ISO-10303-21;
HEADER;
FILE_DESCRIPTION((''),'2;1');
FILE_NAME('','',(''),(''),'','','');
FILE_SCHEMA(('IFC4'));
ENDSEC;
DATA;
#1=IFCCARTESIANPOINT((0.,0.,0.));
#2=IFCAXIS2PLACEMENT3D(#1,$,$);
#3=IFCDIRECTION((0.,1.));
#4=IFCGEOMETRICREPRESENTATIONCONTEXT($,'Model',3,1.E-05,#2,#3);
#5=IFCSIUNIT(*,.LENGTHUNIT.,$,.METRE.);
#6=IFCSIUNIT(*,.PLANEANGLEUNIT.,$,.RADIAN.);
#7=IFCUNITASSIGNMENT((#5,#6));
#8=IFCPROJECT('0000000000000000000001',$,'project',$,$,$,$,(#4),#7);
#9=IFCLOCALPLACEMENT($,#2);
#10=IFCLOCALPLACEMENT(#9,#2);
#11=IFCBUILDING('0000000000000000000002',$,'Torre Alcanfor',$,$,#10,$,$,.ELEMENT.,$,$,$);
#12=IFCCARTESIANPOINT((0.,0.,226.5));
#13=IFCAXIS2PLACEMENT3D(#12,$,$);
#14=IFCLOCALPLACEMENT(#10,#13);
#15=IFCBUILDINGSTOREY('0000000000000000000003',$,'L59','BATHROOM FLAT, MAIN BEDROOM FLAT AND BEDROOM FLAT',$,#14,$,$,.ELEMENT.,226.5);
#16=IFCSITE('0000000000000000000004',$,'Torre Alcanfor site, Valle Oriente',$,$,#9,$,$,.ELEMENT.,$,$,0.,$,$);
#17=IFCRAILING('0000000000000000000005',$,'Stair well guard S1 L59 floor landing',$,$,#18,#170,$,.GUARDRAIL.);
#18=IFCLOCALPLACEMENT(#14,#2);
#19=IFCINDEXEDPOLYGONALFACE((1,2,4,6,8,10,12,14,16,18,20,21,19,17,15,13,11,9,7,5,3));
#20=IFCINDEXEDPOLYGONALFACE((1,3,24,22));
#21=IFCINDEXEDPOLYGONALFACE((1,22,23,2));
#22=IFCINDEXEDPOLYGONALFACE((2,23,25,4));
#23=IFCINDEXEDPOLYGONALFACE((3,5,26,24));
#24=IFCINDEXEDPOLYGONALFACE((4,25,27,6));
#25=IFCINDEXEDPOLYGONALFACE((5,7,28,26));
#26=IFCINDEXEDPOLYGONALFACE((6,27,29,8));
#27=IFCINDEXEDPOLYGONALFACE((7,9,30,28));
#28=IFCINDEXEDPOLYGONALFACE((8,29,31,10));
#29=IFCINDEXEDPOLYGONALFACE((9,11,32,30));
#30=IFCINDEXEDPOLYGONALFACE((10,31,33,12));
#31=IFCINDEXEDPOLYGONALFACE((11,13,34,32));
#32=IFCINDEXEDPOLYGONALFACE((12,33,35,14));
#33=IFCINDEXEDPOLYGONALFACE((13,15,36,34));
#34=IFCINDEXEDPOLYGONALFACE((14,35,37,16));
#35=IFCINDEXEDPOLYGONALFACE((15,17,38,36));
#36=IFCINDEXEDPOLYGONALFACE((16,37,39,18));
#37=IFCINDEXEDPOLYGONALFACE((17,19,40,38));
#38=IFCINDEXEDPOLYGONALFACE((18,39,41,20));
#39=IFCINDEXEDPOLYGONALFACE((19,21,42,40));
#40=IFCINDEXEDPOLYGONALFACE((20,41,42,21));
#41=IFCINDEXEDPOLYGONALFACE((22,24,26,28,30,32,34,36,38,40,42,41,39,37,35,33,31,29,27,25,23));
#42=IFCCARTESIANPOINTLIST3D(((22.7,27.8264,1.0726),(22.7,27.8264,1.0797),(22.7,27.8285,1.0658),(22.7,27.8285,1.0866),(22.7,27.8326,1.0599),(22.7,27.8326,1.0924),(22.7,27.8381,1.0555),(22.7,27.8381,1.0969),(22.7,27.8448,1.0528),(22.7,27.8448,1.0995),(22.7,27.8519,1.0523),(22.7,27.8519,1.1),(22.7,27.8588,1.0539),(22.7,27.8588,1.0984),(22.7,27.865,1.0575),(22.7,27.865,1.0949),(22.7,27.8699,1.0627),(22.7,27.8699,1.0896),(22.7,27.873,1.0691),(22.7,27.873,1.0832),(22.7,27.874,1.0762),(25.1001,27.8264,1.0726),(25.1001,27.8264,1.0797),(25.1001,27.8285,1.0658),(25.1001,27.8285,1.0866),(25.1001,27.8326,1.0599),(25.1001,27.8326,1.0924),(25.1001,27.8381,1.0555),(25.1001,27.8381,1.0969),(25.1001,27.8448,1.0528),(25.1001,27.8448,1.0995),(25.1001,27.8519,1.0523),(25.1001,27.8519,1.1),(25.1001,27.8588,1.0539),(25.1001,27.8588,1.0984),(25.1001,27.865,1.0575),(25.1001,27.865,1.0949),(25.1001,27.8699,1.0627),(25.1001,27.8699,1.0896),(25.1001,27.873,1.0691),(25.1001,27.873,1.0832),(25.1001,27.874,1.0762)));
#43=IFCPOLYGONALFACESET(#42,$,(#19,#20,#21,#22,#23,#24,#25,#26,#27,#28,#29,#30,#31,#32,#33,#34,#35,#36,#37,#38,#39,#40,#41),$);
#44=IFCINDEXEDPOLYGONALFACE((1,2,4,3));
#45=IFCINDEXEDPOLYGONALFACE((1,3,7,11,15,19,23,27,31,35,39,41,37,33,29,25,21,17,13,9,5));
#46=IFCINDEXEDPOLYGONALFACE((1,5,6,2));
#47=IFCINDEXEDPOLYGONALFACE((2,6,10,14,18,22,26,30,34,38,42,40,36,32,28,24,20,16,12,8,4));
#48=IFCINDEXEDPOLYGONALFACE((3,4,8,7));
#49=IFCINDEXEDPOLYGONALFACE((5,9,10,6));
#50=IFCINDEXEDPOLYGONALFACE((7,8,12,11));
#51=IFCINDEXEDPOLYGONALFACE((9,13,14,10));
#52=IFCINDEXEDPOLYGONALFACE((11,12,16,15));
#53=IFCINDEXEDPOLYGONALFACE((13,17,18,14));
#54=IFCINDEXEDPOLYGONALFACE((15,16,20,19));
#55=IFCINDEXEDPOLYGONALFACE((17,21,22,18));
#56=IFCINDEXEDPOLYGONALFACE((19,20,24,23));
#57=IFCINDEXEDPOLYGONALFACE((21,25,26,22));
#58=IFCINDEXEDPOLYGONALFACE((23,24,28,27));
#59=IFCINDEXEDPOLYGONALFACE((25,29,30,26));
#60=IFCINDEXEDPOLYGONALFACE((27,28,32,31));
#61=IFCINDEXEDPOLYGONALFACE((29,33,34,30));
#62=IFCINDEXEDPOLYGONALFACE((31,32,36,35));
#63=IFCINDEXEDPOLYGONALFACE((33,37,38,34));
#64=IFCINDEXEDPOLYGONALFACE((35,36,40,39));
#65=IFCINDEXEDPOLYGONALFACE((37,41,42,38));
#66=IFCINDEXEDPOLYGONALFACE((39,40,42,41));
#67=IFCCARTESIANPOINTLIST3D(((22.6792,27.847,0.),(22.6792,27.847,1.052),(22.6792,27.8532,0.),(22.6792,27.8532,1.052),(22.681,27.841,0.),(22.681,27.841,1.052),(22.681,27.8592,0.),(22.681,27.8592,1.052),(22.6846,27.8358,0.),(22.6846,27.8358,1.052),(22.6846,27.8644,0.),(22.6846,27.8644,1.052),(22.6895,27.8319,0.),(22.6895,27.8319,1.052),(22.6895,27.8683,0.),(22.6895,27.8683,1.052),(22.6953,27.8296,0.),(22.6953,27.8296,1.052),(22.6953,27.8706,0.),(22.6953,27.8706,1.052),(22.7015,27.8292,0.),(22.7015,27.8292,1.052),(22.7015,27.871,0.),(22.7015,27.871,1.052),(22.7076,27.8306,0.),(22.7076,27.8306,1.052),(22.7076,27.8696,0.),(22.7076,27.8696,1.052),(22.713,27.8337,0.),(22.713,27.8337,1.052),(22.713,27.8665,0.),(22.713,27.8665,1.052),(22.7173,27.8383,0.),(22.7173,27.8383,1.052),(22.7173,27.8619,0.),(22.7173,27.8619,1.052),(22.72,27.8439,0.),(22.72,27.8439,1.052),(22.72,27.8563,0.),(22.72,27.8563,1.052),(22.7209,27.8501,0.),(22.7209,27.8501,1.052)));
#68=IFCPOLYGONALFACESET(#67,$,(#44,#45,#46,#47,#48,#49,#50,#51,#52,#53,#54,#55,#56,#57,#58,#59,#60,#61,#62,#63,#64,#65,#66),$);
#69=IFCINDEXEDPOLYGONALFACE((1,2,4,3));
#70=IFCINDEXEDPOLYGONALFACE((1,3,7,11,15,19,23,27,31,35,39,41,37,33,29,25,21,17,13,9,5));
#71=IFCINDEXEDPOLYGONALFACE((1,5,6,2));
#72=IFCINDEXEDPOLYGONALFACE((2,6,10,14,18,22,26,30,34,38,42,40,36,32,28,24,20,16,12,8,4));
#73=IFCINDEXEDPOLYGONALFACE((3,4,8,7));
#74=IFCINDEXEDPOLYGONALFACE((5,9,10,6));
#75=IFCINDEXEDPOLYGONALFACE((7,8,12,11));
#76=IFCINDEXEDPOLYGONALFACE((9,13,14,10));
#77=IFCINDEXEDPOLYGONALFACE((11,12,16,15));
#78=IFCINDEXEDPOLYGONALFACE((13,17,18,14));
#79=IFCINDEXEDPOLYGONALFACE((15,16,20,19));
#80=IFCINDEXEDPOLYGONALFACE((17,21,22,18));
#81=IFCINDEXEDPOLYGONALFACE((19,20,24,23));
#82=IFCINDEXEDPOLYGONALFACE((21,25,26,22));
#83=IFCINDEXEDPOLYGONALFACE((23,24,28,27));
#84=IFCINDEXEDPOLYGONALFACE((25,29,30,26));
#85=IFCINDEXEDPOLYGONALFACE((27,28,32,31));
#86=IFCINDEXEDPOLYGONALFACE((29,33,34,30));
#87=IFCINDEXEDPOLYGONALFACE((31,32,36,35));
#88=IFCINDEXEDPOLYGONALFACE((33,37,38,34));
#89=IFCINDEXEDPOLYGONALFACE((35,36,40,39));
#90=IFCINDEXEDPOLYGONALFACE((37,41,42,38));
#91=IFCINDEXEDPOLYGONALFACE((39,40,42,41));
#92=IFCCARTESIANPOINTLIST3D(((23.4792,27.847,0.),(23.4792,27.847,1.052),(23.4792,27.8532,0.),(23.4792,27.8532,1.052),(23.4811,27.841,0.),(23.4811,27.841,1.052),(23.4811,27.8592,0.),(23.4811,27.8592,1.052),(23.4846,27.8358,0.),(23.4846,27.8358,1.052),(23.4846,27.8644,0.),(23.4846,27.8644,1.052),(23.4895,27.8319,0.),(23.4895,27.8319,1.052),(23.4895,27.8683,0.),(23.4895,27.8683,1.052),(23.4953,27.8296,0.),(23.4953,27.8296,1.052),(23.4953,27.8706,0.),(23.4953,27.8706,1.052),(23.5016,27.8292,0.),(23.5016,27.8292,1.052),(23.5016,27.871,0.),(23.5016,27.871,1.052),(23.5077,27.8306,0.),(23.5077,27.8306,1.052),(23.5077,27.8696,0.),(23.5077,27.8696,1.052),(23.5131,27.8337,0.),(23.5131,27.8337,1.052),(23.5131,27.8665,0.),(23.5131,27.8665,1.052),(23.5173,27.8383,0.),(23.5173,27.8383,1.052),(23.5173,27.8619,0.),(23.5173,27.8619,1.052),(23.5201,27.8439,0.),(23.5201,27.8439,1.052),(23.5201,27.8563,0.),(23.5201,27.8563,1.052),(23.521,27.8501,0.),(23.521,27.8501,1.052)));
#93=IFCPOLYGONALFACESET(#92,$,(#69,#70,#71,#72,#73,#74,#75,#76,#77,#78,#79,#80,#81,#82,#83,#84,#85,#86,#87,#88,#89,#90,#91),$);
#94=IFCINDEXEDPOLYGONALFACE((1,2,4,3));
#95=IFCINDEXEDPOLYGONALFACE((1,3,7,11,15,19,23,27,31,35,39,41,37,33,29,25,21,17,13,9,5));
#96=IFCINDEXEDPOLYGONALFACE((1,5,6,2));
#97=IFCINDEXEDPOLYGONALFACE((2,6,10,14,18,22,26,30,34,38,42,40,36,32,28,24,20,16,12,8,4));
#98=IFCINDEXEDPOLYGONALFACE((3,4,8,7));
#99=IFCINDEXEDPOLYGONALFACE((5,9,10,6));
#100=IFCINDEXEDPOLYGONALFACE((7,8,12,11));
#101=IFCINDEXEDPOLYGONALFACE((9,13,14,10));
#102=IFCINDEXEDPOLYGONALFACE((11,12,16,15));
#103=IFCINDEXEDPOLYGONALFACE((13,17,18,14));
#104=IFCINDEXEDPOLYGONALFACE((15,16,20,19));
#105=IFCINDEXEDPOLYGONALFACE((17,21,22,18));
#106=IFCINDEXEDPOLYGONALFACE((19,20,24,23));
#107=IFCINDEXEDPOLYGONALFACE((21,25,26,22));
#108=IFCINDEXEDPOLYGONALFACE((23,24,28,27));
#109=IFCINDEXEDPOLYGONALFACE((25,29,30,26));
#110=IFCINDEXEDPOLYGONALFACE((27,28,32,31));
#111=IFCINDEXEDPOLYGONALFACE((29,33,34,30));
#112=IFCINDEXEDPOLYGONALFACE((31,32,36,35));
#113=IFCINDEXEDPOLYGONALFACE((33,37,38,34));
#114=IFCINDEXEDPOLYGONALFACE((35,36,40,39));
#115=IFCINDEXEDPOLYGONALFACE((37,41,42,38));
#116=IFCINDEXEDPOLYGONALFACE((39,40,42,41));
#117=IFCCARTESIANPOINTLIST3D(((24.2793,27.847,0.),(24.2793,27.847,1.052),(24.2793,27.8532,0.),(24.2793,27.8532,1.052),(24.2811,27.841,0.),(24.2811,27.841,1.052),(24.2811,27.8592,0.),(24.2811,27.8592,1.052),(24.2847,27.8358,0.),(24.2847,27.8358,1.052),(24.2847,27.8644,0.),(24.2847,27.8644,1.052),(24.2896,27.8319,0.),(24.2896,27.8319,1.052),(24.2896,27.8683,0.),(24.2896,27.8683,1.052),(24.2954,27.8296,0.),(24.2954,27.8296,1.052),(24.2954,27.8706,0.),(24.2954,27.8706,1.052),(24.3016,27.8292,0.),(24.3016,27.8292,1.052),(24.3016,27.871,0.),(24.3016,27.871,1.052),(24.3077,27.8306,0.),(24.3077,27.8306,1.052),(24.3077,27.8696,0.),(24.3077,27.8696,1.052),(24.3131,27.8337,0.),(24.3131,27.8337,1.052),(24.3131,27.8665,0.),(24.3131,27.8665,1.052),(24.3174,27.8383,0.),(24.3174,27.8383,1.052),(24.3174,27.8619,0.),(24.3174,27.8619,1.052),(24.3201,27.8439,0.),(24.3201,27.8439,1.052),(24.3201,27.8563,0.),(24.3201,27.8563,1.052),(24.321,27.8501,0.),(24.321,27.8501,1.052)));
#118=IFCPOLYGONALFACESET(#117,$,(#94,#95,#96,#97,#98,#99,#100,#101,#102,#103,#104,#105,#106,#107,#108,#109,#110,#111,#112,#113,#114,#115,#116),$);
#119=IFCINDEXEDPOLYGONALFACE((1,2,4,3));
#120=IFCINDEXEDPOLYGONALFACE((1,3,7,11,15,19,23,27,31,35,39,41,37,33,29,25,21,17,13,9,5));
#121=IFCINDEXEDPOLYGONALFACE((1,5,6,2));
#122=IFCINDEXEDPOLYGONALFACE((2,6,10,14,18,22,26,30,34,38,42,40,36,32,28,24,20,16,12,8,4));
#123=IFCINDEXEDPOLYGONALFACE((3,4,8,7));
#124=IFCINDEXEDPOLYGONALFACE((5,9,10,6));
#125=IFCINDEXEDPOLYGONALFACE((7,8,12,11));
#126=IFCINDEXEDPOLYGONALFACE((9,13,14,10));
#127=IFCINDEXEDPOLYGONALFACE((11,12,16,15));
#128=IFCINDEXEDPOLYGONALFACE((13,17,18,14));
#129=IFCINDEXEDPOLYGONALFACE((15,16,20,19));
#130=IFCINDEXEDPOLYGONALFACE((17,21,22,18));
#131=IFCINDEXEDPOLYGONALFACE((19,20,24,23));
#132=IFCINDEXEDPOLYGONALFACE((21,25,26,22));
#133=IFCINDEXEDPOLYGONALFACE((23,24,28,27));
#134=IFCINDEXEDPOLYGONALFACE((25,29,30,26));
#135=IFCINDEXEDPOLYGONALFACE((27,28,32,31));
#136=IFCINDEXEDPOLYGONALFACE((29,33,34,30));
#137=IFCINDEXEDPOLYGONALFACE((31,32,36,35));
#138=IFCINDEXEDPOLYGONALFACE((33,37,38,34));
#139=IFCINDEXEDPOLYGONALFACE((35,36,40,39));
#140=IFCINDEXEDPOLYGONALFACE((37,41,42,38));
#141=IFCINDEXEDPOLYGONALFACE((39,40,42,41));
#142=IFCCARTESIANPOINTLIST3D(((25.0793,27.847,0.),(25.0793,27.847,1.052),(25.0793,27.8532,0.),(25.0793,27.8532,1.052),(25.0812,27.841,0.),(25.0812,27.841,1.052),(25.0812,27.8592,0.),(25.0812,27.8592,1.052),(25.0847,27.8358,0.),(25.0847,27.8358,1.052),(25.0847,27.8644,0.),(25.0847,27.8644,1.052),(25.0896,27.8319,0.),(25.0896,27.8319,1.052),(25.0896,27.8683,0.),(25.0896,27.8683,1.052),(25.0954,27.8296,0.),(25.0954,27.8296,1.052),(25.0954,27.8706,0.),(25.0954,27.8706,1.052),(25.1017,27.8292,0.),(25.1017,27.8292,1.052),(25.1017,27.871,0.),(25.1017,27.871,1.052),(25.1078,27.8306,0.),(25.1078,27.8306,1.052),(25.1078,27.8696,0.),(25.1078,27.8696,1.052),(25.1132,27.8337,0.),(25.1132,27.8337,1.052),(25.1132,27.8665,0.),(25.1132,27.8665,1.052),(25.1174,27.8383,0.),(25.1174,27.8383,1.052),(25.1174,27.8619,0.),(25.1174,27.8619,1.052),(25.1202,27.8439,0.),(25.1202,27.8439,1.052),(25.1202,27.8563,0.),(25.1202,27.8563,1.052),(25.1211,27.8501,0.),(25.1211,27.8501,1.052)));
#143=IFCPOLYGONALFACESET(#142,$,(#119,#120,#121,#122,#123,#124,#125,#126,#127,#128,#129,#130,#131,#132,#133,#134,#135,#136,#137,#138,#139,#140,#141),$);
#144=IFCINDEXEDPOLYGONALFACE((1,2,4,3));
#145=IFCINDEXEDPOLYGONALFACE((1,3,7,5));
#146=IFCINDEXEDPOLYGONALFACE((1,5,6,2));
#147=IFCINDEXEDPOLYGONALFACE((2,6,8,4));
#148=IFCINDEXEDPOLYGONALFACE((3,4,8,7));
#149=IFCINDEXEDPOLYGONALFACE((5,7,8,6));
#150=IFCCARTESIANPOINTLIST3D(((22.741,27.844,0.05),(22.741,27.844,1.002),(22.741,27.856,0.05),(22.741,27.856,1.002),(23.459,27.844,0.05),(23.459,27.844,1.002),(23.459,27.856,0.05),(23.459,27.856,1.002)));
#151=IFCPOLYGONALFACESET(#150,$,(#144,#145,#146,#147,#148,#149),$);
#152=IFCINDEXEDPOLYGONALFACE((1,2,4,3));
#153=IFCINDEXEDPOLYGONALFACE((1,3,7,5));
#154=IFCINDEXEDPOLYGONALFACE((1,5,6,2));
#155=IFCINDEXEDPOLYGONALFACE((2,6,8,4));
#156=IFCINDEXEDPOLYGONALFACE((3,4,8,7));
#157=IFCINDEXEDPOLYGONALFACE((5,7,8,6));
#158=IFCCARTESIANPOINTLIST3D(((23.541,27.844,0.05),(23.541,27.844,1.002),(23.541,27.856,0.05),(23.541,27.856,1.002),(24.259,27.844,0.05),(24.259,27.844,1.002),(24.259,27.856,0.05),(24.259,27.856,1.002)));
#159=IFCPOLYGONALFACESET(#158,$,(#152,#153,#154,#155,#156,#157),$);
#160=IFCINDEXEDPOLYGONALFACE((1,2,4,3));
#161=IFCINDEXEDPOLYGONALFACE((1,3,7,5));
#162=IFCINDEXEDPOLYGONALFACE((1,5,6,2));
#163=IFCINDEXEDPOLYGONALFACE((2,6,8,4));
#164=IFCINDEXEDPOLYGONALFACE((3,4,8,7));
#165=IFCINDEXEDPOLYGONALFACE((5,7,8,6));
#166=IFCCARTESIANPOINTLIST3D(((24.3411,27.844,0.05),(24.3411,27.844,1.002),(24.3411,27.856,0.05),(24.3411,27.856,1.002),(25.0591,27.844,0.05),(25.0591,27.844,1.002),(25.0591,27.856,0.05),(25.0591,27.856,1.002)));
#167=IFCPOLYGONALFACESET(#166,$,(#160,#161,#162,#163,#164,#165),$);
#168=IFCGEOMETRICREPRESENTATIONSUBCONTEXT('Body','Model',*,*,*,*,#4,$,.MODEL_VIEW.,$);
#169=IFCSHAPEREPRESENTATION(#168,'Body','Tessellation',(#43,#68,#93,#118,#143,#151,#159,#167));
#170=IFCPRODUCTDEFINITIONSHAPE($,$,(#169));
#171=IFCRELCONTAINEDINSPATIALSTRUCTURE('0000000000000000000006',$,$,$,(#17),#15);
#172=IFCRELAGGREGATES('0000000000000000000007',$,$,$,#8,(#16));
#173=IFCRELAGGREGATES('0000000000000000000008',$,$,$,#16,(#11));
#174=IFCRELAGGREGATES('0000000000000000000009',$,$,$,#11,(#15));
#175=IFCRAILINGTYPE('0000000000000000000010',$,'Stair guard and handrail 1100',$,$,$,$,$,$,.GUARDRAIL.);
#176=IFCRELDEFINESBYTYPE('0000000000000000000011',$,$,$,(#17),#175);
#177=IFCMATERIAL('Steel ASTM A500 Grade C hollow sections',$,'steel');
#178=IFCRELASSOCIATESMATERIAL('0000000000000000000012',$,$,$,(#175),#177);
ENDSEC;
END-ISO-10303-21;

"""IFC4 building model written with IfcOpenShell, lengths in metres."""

from ifc_helpers import new_model, si_unit, direction, frame, origin, origin_2d, place, context, subcontext, project, spatial, polyline, circle, outline, extrude, material, type_object, element, save


model = new_model("IFC4")

# Units and contexts
model_context = context("Model", 3, precision=1e-05, world=origin(), true_north=direction((0.0, 1.0)))
body_context = subcontext(model_context, "Body", "Model", "MODEL_VIEW")
ifc_project = project(units=[si_unit("LENGTHUNIT", "METRE"), si_unit("PLANEANGLEUNIT", "RADIAN")], contexts=[model_context])

# Site, building, storey
site_placement = place(None, origin())
site = spatial("IfcSite", under=ifc_project, at=site_placement, Name="Torre Alcanfor site, Valle Oriente", CompositionType="ELEMENT", RefElevation=0.0)
building_placement = place(site_placement, origin())
building = spatial("IfcBuilding", under=site, at=building_placement, Name="Torre Alcanfor", CompositionType="ELEMENT")
storey_placement = place(building_placement, frame((0.0, 0.0, 226.5)))
storey = spatial("IfcBuildingStorey", under=building, at=storey_placement, Name="L59", Description="BATHROOM FLAT, MAIN BEDROOM FLAT AND BEDROOM FLAT", CompositionType="ELEMENT", Elevation=226.5)

# Railing
ifc_material_1 = material(Name="Steel ASTM A500 Grade C hollow sections", Category="steel")
railing_type = type_object("IfcRailingType", Name="Stair guard and handrail 1100", PredefinedType="GUARDRAIL", material=ifc_material_1)
railing_1_placement = place(storey_placement, frame((22.7, 27.8501, 0.0)))
element("IfcRailing", 1, at=railing_1_placement, inside=storey, type_object=railing_type, Name="Stair well guard S1 L59 floor landing", PredefinedType="GUARDRAIL", context=body_context, shape_type="SweptSolid", body=[
    extrude(circle(Radius=0.0239, at=origin_2d()), frame((0.0, 0.0, 1.0762), z_axis=(1.0, 0.0, 0.0), x_axis=(0.0, 1.0, 0.0)), (0.0, 0.0, 1.0), 2.4001),
    extrude(circle(Radius=0.021, at=origin_2d()), origin(), (0.0, 0.0, 1.0), 1.052),
    extrude(circle(Radius=0.021, at=origin_2d()), frame((0.8, 0.0, 0.0)), (0.0, 0.0, 1.0), 1.052),
    extrude(circle(Radius=0.021, at=origin_2d()), frame((1.6001, 0.0, 0.0)), (0.0, 0.0, 1.0), 1.052),
    extrude(circle(Radius=0.021, at=origin_2d()), frame((2.4001, 0.0, 0.0)), (0.0, 0.0, 1.0), 1.052),
    extrude(outline(polyline([(0.041, 0.05), (0.759, 0.05), (0.759, 1.002), (0.041, 1.002), (0.041, 0.05)])), frame((0.0, 0.0059, 0.0), z_axis=(0.0, -1.0, 0.0), x_axis=(1.0, 0.0, 0.0)), (0.0, 0.0, 1.0), 0.012),
    extrude(outline(polyline([(0.8411, 0.05), (1.5591, 0.05), (1.5591, 1.002), (0.8411, 1.002), (0.8411, 0.05)])), frame((0.0, 0.0059, 0.0), z_axis=(0.0, -1.0, 0.0), x_axis=(1.0, 0.0, 0.0)), (0.0, 0.0, 1.0), 0.012),
    extrude(outline(polyline([(1.6411, 0.05), (2.3591, 0.05), (2.3591, 1.002), (1.6411, 1.002), (1.6411, 0.05)])), frame((0.0, 0.0059, 0.0), z_axis=(0.0, -1.0, 0.0), x_axis=(1.0, 0.0, 0.0)), (0.0, 0.0, 1.0), 0.012),
])

save(model, "model.ifc")
